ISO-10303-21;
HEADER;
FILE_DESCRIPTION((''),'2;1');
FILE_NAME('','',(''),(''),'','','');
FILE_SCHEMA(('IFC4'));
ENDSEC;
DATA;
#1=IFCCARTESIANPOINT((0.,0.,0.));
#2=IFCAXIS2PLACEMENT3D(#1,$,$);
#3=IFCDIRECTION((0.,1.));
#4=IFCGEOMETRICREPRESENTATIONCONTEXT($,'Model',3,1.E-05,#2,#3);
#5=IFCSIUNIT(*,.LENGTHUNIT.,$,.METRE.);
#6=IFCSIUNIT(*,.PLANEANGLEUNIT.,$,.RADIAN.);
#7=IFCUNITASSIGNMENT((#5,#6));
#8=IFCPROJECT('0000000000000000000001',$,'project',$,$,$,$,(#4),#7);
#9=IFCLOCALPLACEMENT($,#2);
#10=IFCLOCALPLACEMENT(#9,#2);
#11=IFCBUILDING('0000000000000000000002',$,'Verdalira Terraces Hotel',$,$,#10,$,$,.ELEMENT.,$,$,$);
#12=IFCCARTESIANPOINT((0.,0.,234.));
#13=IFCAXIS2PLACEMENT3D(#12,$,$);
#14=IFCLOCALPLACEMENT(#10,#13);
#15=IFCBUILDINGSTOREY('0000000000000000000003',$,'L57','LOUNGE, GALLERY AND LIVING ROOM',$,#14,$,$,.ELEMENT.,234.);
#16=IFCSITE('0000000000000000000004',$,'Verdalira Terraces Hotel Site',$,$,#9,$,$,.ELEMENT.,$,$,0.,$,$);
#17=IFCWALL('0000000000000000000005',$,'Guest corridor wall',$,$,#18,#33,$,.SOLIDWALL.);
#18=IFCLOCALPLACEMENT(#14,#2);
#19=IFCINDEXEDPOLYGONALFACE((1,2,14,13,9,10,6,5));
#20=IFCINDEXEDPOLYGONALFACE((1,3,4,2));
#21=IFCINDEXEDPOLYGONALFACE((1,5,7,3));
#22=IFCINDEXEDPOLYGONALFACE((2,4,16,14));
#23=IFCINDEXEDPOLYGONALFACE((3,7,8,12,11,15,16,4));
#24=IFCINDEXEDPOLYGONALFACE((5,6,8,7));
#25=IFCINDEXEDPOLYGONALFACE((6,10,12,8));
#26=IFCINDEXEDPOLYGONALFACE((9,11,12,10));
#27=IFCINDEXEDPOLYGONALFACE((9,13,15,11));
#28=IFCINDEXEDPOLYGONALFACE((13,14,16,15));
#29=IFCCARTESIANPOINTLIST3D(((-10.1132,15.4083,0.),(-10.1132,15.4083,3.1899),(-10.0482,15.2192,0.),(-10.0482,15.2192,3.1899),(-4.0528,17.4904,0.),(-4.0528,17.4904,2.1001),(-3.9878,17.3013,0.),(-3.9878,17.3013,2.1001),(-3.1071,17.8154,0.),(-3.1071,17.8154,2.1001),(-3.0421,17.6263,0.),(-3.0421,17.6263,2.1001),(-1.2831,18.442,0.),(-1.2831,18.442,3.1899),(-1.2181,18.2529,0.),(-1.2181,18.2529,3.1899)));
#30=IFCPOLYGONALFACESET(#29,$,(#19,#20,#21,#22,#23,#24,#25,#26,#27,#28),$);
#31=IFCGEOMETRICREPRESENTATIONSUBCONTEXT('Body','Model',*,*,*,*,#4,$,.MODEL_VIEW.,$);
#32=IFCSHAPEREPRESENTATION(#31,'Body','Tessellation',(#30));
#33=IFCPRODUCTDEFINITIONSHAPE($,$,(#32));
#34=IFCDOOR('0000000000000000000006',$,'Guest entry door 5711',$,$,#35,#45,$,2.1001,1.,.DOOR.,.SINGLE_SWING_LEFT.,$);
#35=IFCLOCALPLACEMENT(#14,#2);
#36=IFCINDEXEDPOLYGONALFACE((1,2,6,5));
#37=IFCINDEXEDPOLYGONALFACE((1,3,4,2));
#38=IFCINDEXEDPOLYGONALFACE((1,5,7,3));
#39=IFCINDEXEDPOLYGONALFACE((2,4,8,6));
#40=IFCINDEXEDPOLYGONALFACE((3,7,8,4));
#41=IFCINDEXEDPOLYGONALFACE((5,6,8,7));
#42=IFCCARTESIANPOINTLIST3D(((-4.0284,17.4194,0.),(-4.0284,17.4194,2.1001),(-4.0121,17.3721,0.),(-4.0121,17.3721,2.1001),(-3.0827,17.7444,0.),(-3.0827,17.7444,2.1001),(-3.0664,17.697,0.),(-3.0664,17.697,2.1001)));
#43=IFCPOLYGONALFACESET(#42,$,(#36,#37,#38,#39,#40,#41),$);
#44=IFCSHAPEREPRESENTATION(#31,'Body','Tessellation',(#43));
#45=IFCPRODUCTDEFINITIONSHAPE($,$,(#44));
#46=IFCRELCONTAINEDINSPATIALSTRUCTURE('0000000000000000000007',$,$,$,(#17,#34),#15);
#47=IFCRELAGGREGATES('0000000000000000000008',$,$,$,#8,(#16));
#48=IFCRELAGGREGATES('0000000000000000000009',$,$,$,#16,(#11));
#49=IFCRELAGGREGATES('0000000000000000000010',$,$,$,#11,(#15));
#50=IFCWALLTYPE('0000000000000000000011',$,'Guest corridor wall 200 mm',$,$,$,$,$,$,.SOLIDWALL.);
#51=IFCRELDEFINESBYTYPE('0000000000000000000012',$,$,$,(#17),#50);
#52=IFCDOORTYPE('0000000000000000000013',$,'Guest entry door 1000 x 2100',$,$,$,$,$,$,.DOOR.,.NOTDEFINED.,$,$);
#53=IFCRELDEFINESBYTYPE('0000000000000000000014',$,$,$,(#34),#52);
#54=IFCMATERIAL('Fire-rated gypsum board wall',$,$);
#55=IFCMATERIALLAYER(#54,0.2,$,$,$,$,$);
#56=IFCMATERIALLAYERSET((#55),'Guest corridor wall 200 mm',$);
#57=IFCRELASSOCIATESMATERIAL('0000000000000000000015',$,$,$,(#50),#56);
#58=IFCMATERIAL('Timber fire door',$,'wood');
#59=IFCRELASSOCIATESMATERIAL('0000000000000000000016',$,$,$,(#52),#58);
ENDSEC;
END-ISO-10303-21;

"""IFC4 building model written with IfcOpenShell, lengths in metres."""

from ifc_helpers import new_model, si_unit, direction, frame, frame_2d, origin, place, context, subcontext, project, spatial, rectangle, extrude, material, layer, layer_set, type_object, element, fill, save


model = new_model("IFC4")

# Units and contexts
model_context = context("Model", 3, precision=1e-05, world=origin(), true_north=direction((0.0, 1.0)))
body_context = subcontext(model_context, "Body", "Model", "MODEL_VIEW")
ifc_project = project(units=[si_unit("LENGTHUNIT", "METRE"), si_unit("PLANEANGLEUNIT", "RADIAN")], contexts=[model_context])

# Site, building, storey
site_placement = place(None, origin())
site = spatial("IfcSite", under=ifc_project, at=site_placement, Name="Verdalira Terraces Hotel Site", CompositionType="ELEMENT", RefElevation=0.0)
building_placement = place(site_placement, origin())
building = spatial("IfcBuilding", under=site, at=building_placement, Name="Verdalira Terraces Hotel", CompositionType="ELEMENT")
storey_placement = place(building_placement, frame((0.0, 0.0, 234.0)))
storey = spatial("IfcBuildingStorey", under=building, at=storey_placement, Name="L57", Description="LOUNGE, GALLERY AND LIVING ROOM", CompositionType="ELEMENT", Elevation=234.0)

# Wall, opening, door
ifc_material_1 = material(Name="Fire-rated gypsum board wall")
ifc_layer_1 = layer(ifc_material_1, 0.2)
ifc_layer_set_1 = layer_set([ifc_layer_1], Name="Guest corridor wall 200 mm")
wall_type_1 = type_object("IfcWallType", Name="Guest corridor wall 200 mm", PredefinedType="SOLIDWALL", material=ifc_layer_set_1)
wall_1_placement = place(storey_placement, frame((-10.0808, 15.3137, 0.0), z_axis=(0.0, 0.0, 1.0), x_axis=(0.945741, 0.324922, 0.0)))
wall_1 = element("IfcWall", 1, at=wall_1_placement, inside=storey, type_object=wall_type_1, Name="Guest corridor wall", PredefinedType="SOLIDWALL", context=body_context, shape_type="SweptSolid", body=[
    extrude(rectangle(XDim=9.3367, YDim=0.2, at=frame_2d((4.6685, 0.0))), origin(), (0.0, 0.0, 1.0), 3.1899),
])
opening_1_placement = place(wall_1_placement, frame((6.4082, 0.0, 0.0)))
opening_1 = element("IfcOpeningElement", 2, at=opening_1_placement, cuts=wall_1, PredefinedType="OPENING", context=body_context, shape_type="SweptSolid", body=[
    extrude(rectangle(XDim=1.0, YDim=2.1001, at=frame_2d((0.5, 1.05))), frame((0.0, 0.1099, 0.0), z_axis=(0.0, -1.0, 0.0), x_axis=(1.0, 0.0, 0.0)), (0.0, 0.0, 1.0), 0.22),
])
ifc_material_2 = material(Name="Timber fire door", Category="wood")
door_type_1 = type_object("IfcDoorType", Name="Guest entry door 1000 x 2100", OperationType="NOTDEFINED", PredefinedType="DOOR", material=ifc_material_2)
door_1_placement = place(opening_1_placement, origin())
door_1 = element("IfcDoor", 3, at=door_1_placement, inside=storey, type_object=door_type_1, Name="Guest entry door 5711", OperationType="SINGLE_SWING_LEFT", OverallHeight=2.1001, OverallWidth=1.0, PredefinedType="DOOR", context=body_context, shape_type="SweptSolid", body=[
    extrude(rectangle(XDim=1.0, YDim=2.1001, at=frame_2d((0.5, 1.05))), frame((0.0, 0.0249, 0.0), z_axis=(0.0, -1.0, 0.0), x_axis=(1.0, 0.0, 0.0)), (0.0, 0.0, 1.0), 0.05),
])
fill(opening_1, door_1)

save(model, "model.ifc")
